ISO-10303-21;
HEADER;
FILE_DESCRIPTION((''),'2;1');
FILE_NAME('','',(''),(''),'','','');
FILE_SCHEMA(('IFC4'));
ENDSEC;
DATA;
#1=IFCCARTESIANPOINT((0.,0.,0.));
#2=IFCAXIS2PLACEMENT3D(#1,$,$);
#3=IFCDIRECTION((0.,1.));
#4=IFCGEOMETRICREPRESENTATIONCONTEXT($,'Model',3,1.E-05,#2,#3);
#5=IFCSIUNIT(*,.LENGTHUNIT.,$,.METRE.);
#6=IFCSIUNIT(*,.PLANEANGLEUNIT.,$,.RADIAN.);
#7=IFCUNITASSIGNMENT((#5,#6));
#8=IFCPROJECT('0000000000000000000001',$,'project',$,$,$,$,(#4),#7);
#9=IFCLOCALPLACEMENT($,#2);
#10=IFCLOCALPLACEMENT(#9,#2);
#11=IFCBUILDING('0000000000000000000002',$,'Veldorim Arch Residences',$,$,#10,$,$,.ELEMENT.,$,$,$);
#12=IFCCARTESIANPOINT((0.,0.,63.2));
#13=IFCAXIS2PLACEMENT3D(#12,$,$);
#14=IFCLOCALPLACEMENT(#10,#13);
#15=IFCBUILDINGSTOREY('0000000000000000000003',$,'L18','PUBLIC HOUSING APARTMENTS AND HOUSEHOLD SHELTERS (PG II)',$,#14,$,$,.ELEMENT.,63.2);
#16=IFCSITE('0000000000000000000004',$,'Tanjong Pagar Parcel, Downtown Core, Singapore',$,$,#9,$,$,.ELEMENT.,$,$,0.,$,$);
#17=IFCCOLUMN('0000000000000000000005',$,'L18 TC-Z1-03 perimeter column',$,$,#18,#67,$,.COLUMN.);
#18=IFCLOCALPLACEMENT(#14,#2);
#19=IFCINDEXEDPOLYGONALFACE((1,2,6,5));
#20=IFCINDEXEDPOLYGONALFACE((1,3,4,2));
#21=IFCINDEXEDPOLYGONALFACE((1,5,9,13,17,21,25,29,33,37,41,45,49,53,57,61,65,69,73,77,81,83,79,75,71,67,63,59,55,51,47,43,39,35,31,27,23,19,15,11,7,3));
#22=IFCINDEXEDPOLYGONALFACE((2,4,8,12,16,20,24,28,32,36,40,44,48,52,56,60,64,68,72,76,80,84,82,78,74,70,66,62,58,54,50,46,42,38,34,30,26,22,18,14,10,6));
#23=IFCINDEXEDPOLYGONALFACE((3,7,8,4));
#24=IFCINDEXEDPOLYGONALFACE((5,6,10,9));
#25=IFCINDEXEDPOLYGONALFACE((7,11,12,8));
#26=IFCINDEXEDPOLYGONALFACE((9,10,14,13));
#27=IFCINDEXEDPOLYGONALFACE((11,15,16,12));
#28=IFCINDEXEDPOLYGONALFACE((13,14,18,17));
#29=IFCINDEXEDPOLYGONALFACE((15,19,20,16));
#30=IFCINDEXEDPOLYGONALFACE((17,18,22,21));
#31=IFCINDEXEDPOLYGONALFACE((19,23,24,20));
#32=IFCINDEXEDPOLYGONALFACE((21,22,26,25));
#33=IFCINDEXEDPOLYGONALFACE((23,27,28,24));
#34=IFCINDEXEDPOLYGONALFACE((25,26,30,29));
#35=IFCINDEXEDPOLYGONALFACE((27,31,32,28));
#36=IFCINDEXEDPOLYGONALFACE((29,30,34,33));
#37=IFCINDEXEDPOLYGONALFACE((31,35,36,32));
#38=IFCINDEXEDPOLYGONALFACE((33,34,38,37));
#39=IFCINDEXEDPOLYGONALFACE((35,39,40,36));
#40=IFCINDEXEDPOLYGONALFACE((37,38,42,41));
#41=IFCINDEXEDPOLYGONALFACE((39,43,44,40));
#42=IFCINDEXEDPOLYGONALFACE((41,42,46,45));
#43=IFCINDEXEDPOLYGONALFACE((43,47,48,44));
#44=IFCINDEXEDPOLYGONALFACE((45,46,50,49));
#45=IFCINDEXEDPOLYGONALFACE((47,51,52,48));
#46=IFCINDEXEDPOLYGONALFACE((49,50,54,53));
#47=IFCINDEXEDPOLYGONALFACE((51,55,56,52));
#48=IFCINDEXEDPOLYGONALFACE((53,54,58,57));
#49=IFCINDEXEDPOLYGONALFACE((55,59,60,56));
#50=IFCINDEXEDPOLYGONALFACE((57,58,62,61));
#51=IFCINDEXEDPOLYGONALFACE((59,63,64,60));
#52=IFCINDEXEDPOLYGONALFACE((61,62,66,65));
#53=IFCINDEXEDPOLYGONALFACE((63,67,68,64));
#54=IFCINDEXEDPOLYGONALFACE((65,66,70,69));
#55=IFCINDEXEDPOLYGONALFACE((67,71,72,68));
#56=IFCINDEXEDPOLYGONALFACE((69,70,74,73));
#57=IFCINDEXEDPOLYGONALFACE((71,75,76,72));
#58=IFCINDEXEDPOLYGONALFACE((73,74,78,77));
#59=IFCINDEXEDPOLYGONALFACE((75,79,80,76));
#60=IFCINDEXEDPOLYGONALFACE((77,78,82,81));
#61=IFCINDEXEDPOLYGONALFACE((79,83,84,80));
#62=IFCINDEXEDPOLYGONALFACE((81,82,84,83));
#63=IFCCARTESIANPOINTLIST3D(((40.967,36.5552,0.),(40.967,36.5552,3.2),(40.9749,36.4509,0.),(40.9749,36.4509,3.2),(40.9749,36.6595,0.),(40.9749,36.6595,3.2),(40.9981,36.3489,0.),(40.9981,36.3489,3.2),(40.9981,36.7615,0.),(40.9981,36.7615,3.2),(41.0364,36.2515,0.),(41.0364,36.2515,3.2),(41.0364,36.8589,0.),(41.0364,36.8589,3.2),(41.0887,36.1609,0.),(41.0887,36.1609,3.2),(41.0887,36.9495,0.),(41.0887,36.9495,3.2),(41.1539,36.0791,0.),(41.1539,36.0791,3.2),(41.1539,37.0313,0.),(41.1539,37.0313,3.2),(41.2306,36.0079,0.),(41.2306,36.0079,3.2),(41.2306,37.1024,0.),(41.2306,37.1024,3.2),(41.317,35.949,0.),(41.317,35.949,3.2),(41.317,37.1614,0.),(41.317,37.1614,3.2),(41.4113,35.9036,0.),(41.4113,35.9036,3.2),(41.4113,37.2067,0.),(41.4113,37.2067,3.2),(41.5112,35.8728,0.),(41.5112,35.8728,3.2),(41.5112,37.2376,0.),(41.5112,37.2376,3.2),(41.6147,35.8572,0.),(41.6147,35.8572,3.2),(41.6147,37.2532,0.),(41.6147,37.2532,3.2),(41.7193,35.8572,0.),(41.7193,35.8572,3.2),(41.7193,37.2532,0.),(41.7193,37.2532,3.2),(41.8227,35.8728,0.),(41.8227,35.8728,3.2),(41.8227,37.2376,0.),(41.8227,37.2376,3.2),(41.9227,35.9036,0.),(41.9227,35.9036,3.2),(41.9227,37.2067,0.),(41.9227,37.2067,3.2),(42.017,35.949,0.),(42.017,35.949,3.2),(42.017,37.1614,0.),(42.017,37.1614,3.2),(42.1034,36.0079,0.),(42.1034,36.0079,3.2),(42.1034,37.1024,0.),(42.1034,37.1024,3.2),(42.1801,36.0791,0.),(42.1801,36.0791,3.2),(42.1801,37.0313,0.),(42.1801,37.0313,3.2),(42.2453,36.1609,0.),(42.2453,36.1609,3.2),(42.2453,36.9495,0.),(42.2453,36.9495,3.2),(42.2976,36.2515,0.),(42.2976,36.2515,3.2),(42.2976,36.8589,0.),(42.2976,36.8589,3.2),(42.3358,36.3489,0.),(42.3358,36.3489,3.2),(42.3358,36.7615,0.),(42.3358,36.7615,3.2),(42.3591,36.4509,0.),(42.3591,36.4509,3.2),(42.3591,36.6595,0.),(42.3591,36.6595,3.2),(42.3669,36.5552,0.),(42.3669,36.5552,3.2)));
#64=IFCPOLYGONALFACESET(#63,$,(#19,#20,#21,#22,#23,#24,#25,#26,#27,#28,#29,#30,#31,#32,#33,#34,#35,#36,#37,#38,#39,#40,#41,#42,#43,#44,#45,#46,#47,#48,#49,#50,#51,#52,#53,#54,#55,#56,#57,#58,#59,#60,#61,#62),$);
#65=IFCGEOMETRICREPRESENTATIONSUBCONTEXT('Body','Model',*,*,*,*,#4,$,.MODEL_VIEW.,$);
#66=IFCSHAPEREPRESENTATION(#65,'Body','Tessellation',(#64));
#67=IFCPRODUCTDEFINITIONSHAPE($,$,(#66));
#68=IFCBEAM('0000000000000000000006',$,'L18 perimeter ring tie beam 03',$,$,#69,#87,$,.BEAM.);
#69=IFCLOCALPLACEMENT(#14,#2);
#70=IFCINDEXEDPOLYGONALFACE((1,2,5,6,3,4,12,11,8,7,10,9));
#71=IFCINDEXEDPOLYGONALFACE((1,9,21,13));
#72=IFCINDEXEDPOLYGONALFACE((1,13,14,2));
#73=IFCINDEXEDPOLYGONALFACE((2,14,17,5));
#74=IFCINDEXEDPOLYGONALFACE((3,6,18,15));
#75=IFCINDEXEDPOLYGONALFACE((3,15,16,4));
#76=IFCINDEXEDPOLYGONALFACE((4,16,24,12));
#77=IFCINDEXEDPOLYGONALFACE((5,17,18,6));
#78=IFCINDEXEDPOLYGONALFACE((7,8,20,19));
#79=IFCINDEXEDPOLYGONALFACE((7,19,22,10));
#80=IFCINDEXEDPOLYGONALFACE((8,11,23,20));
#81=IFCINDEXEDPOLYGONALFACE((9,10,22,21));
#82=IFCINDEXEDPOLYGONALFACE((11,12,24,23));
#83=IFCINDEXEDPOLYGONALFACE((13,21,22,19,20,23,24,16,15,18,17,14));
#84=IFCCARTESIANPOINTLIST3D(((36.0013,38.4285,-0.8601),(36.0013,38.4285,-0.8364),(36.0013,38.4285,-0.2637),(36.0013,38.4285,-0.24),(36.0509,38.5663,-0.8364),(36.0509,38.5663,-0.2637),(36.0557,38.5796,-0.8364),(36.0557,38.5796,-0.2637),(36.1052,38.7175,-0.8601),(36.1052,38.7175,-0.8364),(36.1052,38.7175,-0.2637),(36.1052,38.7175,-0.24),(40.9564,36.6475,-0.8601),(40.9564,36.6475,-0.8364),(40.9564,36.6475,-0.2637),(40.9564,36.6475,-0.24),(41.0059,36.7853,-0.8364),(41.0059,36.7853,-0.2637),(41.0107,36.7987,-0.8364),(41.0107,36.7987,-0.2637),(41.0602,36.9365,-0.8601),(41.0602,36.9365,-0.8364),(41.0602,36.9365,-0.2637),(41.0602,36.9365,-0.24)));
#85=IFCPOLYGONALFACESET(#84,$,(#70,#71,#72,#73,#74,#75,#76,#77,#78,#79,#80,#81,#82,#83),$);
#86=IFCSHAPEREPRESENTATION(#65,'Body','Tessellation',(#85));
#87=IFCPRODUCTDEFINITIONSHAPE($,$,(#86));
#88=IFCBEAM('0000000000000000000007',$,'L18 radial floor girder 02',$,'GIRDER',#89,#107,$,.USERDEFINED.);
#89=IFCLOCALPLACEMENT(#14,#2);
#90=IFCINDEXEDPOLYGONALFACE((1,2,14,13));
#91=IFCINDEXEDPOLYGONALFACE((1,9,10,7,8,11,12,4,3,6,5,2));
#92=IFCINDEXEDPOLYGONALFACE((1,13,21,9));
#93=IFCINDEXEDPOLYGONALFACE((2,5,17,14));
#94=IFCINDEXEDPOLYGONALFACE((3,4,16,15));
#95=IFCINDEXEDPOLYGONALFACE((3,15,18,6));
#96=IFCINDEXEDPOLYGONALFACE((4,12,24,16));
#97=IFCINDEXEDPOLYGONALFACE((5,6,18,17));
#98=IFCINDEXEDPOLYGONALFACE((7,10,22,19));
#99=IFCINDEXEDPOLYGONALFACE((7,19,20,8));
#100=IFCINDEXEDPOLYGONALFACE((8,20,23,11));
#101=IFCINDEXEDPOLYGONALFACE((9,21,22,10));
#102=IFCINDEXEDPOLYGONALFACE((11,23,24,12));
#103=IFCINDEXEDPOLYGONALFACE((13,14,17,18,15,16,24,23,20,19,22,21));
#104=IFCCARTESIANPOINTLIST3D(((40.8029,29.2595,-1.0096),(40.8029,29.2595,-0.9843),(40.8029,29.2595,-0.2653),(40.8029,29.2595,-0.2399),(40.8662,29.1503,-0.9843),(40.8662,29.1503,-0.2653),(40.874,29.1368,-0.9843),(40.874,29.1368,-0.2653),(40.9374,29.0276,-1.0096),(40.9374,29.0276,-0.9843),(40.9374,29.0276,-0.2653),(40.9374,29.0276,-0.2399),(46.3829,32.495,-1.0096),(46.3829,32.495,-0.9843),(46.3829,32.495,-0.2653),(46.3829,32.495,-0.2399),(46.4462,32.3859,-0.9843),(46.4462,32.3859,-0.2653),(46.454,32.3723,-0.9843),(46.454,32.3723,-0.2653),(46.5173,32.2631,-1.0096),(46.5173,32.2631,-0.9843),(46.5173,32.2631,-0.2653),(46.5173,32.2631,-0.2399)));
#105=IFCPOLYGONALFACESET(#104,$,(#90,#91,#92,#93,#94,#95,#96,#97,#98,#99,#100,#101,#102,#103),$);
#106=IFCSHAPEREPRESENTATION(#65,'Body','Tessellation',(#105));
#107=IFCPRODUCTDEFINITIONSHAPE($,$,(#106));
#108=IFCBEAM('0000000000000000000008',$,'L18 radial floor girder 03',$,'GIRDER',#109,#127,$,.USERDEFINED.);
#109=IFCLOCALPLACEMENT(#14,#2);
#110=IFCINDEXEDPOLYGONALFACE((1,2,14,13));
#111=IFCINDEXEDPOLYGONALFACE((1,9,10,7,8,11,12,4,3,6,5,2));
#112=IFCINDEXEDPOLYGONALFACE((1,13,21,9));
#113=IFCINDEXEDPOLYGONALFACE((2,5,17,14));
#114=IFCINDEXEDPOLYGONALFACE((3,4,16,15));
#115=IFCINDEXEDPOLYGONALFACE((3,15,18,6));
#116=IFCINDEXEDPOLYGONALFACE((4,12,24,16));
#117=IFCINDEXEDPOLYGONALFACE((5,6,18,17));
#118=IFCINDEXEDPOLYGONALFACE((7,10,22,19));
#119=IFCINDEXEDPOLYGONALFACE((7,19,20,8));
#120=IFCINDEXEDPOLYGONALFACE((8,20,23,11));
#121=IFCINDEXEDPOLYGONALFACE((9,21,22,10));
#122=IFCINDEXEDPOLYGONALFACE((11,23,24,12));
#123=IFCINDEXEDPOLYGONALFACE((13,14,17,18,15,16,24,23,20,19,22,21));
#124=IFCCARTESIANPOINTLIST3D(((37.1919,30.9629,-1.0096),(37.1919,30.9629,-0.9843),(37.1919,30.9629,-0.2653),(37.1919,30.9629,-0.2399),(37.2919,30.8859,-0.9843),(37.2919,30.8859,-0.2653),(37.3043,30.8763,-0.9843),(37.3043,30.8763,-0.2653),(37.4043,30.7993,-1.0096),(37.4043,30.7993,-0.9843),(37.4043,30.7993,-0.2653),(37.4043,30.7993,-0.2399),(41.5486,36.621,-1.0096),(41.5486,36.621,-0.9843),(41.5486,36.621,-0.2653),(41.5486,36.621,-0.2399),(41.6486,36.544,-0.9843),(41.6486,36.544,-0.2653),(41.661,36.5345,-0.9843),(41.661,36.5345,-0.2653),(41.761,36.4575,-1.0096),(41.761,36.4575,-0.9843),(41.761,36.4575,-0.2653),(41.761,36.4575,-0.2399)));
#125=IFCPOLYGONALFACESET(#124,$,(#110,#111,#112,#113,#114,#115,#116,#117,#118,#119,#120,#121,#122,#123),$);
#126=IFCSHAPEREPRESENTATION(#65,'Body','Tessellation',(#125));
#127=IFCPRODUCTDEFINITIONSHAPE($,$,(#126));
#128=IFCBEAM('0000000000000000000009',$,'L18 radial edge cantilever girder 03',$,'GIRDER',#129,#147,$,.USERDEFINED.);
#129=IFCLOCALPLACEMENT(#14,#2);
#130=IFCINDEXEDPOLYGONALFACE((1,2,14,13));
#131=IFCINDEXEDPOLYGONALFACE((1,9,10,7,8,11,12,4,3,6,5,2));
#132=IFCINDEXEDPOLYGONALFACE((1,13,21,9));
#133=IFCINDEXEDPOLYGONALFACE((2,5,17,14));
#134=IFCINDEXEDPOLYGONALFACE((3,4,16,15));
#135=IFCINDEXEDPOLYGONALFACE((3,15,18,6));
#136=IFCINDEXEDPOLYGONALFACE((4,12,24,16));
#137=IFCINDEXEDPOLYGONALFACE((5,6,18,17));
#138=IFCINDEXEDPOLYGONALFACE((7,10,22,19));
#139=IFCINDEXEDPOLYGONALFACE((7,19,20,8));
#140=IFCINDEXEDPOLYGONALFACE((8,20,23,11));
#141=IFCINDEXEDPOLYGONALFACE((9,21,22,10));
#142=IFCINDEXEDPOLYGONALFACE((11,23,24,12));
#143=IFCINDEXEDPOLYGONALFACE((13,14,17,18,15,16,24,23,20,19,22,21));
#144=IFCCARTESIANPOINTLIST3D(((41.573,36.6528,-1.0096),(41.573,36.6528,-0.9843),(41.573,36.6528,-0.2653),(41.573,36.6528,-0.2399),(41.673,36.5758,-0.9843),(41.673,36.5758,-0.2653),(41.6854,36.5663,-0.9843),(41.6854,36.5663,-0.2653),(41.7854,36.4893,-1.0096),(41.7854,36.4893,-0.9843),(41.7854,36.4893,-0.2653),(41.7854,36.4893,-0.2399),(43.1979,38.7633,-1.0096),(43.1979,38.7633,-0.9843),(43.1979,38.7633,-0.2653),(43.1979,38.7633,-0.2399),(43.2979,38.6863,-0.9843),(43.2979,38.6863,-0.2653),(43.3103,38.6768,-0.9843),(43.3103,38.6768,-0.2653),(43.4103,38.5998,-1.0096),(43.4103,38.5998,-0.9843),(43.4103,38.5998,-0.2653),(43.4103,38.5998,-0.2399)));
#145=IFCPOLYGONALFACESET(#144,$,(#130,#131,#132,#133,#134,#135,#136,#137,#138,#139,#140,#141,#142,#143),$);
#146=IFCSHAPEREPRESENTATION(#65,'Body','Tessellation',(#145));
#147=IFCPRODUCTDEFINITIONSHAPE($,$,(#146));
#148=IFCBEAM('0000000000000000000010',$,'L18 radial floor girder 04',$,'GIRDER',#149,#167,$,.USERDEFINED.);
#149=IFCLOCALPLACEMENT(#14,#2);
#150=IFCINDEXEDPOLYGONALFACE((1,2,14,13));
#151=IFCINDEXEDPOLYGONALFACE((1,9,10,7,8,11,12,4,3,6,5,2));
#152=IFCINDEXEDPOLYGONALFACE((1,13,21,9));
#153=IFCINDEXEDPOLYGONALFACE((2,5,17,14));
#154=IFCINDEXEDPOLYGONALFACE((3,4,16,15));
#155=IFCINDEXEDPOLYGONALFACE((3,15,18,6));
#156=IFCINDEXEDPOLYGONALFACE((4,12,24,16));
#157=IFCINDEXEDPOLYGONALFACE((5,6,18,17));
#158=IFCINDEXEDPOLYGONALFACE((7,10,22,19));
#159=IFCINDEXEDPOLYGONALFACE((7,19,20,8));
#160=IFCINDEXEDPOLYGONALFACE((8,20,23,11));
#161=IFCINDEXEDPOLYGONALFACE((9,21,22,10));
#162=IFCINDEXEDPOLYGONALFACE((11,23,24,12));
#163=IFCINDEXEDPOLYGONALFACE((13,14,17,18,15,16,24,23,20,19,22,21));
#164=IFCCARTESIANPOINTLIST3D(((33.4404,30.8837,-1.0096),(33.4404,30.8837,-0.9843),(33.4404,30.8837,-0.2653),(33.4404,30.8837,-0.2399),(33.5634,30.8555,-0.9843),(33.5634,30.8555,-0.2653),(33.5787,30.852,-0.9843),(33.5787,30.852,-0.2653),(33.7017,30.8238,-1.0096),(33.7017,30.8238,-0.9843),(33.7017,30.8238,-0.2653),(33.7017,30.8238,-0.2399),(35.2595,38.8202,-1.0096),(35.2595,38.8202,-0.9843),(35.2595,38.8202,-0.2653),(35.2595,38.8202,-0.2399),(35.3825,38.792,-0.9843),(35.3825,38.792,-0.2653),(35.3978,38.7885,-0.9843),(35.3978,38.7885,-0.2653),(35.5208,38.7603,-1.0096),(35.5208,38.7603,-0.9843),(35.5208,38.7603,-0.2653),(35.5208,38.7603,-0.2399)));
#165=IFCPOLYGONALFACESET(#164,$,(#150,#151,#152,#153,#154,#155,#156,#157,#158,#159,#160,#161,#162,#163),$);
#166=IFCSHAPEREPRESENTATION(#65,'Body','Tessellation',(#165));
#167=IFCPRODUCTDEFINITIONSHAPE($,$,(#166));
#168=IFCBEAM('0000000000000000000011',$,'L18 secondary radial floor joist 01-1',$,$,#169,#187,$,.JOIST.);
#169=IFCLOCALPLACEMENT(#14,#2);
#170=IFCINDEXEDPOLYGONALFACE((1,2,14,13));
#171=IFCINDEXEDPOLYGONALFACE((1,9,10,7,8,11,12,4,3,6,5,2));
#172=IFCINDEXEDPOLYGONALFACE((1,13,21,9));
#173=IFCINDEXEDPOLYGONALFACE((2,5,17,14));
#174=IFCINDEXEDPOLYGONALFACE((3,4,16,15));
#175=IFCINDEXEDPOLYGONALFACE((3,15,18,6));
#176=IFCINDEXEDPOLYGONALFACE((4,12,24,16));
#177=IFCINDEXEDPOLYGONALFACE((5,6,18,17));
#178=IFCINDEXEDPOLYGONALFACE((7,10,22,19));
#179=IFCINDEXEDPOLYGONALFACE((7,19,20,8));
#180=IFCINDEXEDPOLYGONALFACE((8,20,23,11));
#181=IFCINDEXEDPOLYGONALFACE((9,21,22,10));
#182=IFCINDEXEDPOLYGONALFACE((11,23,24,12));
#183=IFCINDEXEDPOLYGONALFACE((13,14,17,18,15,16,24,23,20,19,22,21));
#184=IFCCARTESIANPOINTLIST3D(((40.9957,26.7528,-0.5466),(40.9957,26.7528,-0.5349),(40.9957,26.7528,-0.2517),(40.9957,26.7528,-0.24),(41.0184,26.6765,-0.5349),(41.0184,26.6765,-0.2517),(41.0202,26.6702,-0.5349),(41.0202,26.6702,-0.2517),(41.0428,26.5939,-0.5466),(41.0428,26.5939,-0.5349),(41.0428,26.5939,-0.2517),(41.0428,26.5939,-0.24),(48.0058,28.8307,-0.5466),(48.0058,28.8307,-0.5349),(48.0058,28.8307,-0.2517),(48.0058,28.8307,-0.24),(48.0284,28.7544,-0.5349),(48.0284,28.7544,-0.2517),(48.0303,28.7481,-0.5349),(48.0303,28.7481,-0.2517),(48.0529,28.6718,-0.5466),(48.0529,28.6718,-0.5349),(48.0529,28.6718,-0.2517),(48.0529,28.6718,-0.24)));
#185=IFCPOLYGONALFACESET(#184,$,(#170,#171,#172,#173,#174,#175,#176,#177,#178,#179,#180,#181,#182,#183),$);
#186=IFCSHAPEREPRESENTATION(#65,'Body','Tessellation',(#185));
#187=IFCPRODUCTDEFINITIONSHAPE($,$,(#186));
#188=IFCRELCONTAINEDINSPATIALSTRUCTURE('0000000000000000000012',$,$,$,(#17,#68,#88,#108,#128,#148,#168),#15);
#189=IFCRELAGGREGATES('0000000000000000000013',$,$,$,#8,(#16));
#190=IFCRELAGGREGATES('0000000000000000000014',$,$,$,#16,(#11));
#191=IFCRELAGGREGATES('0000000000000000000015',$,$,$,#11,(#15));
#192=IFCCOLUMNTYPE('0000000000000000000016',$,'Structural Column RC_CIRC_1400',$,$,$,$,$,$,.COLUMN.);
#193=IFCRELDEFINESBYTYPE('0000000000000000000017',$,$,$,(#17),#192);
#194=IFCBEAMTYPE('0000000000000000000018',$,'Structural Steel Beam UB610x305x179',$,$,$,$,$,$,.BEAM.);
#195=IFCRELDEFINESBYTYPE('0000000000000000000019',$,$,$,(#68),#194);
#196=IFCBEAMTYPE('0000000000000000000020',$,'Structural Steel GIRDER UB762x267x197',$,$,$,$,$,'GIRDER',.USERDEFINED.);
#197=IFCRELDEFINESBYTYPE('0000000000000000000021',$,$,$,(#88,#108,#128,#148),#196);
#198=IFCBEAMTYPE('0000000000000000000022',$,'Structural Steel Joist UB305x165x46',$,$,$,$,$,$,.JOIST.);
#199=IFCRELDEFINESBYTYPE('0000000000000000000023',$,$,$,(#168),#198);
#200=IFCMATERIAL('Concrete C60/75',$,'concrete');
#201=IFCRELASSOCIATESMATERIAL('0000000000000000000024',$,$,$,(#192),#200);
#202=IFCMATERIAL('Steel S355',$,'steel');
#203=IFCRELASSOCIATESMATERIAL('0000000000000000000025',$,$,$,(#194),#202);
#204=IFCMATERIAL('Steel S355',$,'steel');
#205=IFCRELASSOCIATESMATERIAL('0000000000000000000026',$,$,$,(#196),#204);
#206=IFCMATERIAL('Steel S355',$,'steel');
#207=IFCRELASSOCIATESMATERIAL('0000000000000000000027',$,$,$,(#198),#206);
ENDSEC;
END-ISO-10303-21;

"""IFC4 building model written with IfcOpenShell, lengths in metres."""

from ifc_helpers import new_model, si_unit, direction, frame, origin, origin_2d, place, context, subcontext, project, spatial, circle, i_section, extrude, material, material_profile, profile_set, type_object, element, save


model = new_model("IFC4")

# Units and contexts
model_context = context("Model", 3, precision=1e-05, world=origin(), true_north=direction((0.0, 1.0)))
body_context = subcontext(model_context, "Body", "Model", "MODEL_VIEW")
ifc_project = project(units=[si_unit("LENGTHUNIT", "METRE"), si_unit("PLANEANGLEUNIT", "RADIAN")], contexts=[model_context])

# Site, building, storey
site_placement = place(None, origin())
site = spatial("IfcSite", under=ifc_project, at=site_placement, Name="Tanjong Pagar Parcel, Downtown Core, Singapore", CompositionType="ELEMENT", RefElevation=0.0)
building_placement = place(site_placement, origin())
building = spatial("IfcBuilding", under=site, at=building_placement, Name="Veldorim Arch Residences", CompositionType="ELEMENT")
storey_placement = place(building_placement, frame((0.0, 0.0, 63.2)))
storey = spatial("IfcBuildingStorey", under=building, at=storey_placement, Name="L18", Description="PUBLIC HOUSING APARTMENTS AND HOUSEHOLD SHELTERS (PG II)", CompositionType="ELEMENT", Elevation=63.2)

# Column
ifc_material_1 = material(Name="Concrete C60/75", Category="concrete")
ifc_material_profile_1 = material_profile(ifc_material_1, circle(Radius=0.7, at=origin_2d()), Name="RC_CIRC_1400")
ifc_profile_set_1 = profile_set([ifc_material_profile_1], Name="Concrete C60/75")
column_type = type_object("IfcColumnType", Name="Structural Column RC_CIRC_1400", PredefinedType="COLUMN", material=ifc_profile_set_1)
column_placement = place(storey_placement, frame((41.667, 36.5552, 0.0), z_axis=(0.0, 0.0, 1.0), x_axis=(1.0, 0.0, 0.0)))
element("IfcColumn", 1, at=column_placement, inside=storey, type_object=column_type, Name="L18 TC-Z1-03 perimeter column", PredefinedType="COLUMN", context=body_context, shape_type="SweptSolid", body=[
    extrude(circle(Radius=0.7, at=origin_2d()), origin(), (0.0, 0.0, 1.0), 3.2),
])

# Beams
ifc_material_2 = material(Name="Steel S355", Category="steel")
ifc_material_profile_2 = material_profile(ifc_material_2, i_section(OverallWidth=0.3071, OverallDepth=0.6201, WebThickness=0.0142, FlangeThickness=0.0237, at=origin_2d()), Name="UB610x305x179")
ifc_profile_set_2 = profile_set([ifc_material_profile_2], Name="Steel S355")
beam_type_1 = type_object("IfcBeamType", Name="Structural Steel Beam UB610x305x179", PredefinedType="BEAM", material=ifc_profile_set_2)
beam_1_placement = place(storey_placement, frame((41.0083, 36.792, -0.55), z_axis=(-0.941058, 0.338245, 0.0), x_axis=(-0.338245, -0.941058, 0.0)))
element("IfcBeam", 2, at=beam_1_placement, inside=storey, type_object=beam_type_1, Name="L18 perimeter ring tie beam 03", PredefinedType="BEAM", context=body_context, shape_type="SweptSolid", body=[
    extrude(i_section(OverallWidth=0.3071, OverallDepth=0.6201, WebThickness=0.0142, FlangeThickness=0.0237, at=origin_2d()), origin(), (0.0, 0.0, 1.0), 5.2654),
])
ifc_material_3 = material(Name="Steel S355", Category="steel")
ifc_material_profile_3 = material_profile(ifc_material_3, i_section(OverallWidth=0.2681, OverallDepth=0.7698, WebThickness=0.0156, FlangeThickness=0.0254, at=origin_2d()), Name="UB762x267x197")
ifc_profile_set_3 = profile_set([ifc_material_profile_3], Name="Steel S355")
beam_type_2 = type_object("IfcBeamType", Name="Structural Steel GIRDER UB762x267x197", ElementType="GIRDER", PredefinedType="USERDEFINED", material=ifc_profile_set_3)
beam_2_placement = place(storey_placement, frame((40.8701, 29.1436, -0.6248), z_axis=(0.865088, 0.50162, 0.0), x_axis=(-0.50162, 0.865088, 0.0)))
element("IfcBeam", 3, at=beam_2_placement, inside=storey, type_object=beam_type_2, Name="L18 radial floor girder 02", ObjectType="GIRDER", PredefinedType="USERDEFINED", context=body_context, shape_type="SweptSolid", body=[
    extrude(i_section(OverallWidth=0.2681, OverallDepth=0.7698, WebThickness=0.0156, FlangeThickness=0.0254, at=origin_2d()), origin(), (0.0, 0.0, 1.0), 6.4502),
])
beam_3_placement = place(storey_placement, frame((37.2981, 30.8811, -0.6248), z_axis=(0.610082, 0.792338, 0.0), x_axis=(-0.792338, 0.610082, 0.0)))
element("IfcBeam", 4, at=beam_3_placement, inside=storey, type_object=beam_type_2, Name="L18 radial floor girder 03", ObjectType="GIRDER", PredefinedType="USERDEFINED", context=body_context, shape_type="SweptSolid", body=[
    extrude(i_section(OverallWidth=0.2681, OverallDepth=0.7698, WebThickness=0.0156, FlangeThickness=0.0254, at=origin_2d()), origin(), (0.0, 0.0, 1.0), 7.1411),
])
beam_4_placement = place(storey_placement, frame((41.6792, 36.571, -0.6248), z_axis=(0.610056, 0.792358, 0.0), x_axis=(-0.792358, 0.610056, 0.0)))
element("IfcBeam", 5, at=beam_4_placement, inside=storey, type_object=beam_type_2, Name="L18 radial edge cantilever girder 03", ObjectType="GIRDER", PredefinedType="USERDEFINED", context=body_context, shape_type="SweptSolid", body=[
    extrude(i_section(OverallWidth=0.2681, OverallDepth=0.7698, WebThickness=0.0156, FlangeThickness=0.0254, at=origin_2d()), origin(), (0.0, 0.0, 1.0), 2.6636),
])
beam_5_placement = place(storey_placement, frame((33.571, 30.8538, -0.6248), z_axis=(0.223412, 0.974724, 0.0), x_axis=(-0.974724, 0.223412, 0.0)))
element("IfcBeam", 6, at=beam_5_placement, inside=storey, type_object=beam_type_2, Name="L18 radial floor girder 04", ObjectType="GIRDER", PredefinedType="USERDEFINED", context=body_context, shape_type="SweptSolid", body=[
    extrude(i_section(OverallWidth=0.2681, OverallDepth=0.7698, WebThickness=0.0156, FlangeThickness=0.0254, at=origin_2d()), origin(), (0.0, 0.0, 1.0), 8.1423),
])
ifc_material_4 = material(Name="Steel S355", Category="steel")
ifc_material_profile_4 = material_profile(ifc_material_4, i_section(OverallWidth=0.1658, OverallDepth=0.3066, WebThickness=0.0066, FlangeThickness=0.0117, at=origin_2d()), Name="UB305x165x46")
ifc_profile_set_4 = profile_set([ifc_material_profile_4], Name="Steel S355")
beam_type_3 = type_object("IfcBeamType", Name="Structural Steel Joist UB305x165x46", PredefinedType="JOIST", material=ifc_profile_set_4)
beam_6_placement = place(storey_placement, frame((41.0193, 26.6733, -0.3933), z_axis=(0.958767, 0.284194, 0.0), x_axis=(-0.284194, 0.958767, 0.0)))
element("IfcBeam", 7, at=beam_6_placement, inside=storey, type_object=beam_type_3, Name="L18 secondary radial floor joist 01-1", PredefinedType="JOIST", context=body_context, shape_type="SweptSolid", body=[
    extrude(i_section(OverallWidth=0.1658, OverallDepth=0.3066, WebThickness=0.0066, FlangeThickness=0.0117, at=origin_2d()), origin(), (0.0, 0.0, 1.0), 7.3115),
])

save(model, "model.ifc")
